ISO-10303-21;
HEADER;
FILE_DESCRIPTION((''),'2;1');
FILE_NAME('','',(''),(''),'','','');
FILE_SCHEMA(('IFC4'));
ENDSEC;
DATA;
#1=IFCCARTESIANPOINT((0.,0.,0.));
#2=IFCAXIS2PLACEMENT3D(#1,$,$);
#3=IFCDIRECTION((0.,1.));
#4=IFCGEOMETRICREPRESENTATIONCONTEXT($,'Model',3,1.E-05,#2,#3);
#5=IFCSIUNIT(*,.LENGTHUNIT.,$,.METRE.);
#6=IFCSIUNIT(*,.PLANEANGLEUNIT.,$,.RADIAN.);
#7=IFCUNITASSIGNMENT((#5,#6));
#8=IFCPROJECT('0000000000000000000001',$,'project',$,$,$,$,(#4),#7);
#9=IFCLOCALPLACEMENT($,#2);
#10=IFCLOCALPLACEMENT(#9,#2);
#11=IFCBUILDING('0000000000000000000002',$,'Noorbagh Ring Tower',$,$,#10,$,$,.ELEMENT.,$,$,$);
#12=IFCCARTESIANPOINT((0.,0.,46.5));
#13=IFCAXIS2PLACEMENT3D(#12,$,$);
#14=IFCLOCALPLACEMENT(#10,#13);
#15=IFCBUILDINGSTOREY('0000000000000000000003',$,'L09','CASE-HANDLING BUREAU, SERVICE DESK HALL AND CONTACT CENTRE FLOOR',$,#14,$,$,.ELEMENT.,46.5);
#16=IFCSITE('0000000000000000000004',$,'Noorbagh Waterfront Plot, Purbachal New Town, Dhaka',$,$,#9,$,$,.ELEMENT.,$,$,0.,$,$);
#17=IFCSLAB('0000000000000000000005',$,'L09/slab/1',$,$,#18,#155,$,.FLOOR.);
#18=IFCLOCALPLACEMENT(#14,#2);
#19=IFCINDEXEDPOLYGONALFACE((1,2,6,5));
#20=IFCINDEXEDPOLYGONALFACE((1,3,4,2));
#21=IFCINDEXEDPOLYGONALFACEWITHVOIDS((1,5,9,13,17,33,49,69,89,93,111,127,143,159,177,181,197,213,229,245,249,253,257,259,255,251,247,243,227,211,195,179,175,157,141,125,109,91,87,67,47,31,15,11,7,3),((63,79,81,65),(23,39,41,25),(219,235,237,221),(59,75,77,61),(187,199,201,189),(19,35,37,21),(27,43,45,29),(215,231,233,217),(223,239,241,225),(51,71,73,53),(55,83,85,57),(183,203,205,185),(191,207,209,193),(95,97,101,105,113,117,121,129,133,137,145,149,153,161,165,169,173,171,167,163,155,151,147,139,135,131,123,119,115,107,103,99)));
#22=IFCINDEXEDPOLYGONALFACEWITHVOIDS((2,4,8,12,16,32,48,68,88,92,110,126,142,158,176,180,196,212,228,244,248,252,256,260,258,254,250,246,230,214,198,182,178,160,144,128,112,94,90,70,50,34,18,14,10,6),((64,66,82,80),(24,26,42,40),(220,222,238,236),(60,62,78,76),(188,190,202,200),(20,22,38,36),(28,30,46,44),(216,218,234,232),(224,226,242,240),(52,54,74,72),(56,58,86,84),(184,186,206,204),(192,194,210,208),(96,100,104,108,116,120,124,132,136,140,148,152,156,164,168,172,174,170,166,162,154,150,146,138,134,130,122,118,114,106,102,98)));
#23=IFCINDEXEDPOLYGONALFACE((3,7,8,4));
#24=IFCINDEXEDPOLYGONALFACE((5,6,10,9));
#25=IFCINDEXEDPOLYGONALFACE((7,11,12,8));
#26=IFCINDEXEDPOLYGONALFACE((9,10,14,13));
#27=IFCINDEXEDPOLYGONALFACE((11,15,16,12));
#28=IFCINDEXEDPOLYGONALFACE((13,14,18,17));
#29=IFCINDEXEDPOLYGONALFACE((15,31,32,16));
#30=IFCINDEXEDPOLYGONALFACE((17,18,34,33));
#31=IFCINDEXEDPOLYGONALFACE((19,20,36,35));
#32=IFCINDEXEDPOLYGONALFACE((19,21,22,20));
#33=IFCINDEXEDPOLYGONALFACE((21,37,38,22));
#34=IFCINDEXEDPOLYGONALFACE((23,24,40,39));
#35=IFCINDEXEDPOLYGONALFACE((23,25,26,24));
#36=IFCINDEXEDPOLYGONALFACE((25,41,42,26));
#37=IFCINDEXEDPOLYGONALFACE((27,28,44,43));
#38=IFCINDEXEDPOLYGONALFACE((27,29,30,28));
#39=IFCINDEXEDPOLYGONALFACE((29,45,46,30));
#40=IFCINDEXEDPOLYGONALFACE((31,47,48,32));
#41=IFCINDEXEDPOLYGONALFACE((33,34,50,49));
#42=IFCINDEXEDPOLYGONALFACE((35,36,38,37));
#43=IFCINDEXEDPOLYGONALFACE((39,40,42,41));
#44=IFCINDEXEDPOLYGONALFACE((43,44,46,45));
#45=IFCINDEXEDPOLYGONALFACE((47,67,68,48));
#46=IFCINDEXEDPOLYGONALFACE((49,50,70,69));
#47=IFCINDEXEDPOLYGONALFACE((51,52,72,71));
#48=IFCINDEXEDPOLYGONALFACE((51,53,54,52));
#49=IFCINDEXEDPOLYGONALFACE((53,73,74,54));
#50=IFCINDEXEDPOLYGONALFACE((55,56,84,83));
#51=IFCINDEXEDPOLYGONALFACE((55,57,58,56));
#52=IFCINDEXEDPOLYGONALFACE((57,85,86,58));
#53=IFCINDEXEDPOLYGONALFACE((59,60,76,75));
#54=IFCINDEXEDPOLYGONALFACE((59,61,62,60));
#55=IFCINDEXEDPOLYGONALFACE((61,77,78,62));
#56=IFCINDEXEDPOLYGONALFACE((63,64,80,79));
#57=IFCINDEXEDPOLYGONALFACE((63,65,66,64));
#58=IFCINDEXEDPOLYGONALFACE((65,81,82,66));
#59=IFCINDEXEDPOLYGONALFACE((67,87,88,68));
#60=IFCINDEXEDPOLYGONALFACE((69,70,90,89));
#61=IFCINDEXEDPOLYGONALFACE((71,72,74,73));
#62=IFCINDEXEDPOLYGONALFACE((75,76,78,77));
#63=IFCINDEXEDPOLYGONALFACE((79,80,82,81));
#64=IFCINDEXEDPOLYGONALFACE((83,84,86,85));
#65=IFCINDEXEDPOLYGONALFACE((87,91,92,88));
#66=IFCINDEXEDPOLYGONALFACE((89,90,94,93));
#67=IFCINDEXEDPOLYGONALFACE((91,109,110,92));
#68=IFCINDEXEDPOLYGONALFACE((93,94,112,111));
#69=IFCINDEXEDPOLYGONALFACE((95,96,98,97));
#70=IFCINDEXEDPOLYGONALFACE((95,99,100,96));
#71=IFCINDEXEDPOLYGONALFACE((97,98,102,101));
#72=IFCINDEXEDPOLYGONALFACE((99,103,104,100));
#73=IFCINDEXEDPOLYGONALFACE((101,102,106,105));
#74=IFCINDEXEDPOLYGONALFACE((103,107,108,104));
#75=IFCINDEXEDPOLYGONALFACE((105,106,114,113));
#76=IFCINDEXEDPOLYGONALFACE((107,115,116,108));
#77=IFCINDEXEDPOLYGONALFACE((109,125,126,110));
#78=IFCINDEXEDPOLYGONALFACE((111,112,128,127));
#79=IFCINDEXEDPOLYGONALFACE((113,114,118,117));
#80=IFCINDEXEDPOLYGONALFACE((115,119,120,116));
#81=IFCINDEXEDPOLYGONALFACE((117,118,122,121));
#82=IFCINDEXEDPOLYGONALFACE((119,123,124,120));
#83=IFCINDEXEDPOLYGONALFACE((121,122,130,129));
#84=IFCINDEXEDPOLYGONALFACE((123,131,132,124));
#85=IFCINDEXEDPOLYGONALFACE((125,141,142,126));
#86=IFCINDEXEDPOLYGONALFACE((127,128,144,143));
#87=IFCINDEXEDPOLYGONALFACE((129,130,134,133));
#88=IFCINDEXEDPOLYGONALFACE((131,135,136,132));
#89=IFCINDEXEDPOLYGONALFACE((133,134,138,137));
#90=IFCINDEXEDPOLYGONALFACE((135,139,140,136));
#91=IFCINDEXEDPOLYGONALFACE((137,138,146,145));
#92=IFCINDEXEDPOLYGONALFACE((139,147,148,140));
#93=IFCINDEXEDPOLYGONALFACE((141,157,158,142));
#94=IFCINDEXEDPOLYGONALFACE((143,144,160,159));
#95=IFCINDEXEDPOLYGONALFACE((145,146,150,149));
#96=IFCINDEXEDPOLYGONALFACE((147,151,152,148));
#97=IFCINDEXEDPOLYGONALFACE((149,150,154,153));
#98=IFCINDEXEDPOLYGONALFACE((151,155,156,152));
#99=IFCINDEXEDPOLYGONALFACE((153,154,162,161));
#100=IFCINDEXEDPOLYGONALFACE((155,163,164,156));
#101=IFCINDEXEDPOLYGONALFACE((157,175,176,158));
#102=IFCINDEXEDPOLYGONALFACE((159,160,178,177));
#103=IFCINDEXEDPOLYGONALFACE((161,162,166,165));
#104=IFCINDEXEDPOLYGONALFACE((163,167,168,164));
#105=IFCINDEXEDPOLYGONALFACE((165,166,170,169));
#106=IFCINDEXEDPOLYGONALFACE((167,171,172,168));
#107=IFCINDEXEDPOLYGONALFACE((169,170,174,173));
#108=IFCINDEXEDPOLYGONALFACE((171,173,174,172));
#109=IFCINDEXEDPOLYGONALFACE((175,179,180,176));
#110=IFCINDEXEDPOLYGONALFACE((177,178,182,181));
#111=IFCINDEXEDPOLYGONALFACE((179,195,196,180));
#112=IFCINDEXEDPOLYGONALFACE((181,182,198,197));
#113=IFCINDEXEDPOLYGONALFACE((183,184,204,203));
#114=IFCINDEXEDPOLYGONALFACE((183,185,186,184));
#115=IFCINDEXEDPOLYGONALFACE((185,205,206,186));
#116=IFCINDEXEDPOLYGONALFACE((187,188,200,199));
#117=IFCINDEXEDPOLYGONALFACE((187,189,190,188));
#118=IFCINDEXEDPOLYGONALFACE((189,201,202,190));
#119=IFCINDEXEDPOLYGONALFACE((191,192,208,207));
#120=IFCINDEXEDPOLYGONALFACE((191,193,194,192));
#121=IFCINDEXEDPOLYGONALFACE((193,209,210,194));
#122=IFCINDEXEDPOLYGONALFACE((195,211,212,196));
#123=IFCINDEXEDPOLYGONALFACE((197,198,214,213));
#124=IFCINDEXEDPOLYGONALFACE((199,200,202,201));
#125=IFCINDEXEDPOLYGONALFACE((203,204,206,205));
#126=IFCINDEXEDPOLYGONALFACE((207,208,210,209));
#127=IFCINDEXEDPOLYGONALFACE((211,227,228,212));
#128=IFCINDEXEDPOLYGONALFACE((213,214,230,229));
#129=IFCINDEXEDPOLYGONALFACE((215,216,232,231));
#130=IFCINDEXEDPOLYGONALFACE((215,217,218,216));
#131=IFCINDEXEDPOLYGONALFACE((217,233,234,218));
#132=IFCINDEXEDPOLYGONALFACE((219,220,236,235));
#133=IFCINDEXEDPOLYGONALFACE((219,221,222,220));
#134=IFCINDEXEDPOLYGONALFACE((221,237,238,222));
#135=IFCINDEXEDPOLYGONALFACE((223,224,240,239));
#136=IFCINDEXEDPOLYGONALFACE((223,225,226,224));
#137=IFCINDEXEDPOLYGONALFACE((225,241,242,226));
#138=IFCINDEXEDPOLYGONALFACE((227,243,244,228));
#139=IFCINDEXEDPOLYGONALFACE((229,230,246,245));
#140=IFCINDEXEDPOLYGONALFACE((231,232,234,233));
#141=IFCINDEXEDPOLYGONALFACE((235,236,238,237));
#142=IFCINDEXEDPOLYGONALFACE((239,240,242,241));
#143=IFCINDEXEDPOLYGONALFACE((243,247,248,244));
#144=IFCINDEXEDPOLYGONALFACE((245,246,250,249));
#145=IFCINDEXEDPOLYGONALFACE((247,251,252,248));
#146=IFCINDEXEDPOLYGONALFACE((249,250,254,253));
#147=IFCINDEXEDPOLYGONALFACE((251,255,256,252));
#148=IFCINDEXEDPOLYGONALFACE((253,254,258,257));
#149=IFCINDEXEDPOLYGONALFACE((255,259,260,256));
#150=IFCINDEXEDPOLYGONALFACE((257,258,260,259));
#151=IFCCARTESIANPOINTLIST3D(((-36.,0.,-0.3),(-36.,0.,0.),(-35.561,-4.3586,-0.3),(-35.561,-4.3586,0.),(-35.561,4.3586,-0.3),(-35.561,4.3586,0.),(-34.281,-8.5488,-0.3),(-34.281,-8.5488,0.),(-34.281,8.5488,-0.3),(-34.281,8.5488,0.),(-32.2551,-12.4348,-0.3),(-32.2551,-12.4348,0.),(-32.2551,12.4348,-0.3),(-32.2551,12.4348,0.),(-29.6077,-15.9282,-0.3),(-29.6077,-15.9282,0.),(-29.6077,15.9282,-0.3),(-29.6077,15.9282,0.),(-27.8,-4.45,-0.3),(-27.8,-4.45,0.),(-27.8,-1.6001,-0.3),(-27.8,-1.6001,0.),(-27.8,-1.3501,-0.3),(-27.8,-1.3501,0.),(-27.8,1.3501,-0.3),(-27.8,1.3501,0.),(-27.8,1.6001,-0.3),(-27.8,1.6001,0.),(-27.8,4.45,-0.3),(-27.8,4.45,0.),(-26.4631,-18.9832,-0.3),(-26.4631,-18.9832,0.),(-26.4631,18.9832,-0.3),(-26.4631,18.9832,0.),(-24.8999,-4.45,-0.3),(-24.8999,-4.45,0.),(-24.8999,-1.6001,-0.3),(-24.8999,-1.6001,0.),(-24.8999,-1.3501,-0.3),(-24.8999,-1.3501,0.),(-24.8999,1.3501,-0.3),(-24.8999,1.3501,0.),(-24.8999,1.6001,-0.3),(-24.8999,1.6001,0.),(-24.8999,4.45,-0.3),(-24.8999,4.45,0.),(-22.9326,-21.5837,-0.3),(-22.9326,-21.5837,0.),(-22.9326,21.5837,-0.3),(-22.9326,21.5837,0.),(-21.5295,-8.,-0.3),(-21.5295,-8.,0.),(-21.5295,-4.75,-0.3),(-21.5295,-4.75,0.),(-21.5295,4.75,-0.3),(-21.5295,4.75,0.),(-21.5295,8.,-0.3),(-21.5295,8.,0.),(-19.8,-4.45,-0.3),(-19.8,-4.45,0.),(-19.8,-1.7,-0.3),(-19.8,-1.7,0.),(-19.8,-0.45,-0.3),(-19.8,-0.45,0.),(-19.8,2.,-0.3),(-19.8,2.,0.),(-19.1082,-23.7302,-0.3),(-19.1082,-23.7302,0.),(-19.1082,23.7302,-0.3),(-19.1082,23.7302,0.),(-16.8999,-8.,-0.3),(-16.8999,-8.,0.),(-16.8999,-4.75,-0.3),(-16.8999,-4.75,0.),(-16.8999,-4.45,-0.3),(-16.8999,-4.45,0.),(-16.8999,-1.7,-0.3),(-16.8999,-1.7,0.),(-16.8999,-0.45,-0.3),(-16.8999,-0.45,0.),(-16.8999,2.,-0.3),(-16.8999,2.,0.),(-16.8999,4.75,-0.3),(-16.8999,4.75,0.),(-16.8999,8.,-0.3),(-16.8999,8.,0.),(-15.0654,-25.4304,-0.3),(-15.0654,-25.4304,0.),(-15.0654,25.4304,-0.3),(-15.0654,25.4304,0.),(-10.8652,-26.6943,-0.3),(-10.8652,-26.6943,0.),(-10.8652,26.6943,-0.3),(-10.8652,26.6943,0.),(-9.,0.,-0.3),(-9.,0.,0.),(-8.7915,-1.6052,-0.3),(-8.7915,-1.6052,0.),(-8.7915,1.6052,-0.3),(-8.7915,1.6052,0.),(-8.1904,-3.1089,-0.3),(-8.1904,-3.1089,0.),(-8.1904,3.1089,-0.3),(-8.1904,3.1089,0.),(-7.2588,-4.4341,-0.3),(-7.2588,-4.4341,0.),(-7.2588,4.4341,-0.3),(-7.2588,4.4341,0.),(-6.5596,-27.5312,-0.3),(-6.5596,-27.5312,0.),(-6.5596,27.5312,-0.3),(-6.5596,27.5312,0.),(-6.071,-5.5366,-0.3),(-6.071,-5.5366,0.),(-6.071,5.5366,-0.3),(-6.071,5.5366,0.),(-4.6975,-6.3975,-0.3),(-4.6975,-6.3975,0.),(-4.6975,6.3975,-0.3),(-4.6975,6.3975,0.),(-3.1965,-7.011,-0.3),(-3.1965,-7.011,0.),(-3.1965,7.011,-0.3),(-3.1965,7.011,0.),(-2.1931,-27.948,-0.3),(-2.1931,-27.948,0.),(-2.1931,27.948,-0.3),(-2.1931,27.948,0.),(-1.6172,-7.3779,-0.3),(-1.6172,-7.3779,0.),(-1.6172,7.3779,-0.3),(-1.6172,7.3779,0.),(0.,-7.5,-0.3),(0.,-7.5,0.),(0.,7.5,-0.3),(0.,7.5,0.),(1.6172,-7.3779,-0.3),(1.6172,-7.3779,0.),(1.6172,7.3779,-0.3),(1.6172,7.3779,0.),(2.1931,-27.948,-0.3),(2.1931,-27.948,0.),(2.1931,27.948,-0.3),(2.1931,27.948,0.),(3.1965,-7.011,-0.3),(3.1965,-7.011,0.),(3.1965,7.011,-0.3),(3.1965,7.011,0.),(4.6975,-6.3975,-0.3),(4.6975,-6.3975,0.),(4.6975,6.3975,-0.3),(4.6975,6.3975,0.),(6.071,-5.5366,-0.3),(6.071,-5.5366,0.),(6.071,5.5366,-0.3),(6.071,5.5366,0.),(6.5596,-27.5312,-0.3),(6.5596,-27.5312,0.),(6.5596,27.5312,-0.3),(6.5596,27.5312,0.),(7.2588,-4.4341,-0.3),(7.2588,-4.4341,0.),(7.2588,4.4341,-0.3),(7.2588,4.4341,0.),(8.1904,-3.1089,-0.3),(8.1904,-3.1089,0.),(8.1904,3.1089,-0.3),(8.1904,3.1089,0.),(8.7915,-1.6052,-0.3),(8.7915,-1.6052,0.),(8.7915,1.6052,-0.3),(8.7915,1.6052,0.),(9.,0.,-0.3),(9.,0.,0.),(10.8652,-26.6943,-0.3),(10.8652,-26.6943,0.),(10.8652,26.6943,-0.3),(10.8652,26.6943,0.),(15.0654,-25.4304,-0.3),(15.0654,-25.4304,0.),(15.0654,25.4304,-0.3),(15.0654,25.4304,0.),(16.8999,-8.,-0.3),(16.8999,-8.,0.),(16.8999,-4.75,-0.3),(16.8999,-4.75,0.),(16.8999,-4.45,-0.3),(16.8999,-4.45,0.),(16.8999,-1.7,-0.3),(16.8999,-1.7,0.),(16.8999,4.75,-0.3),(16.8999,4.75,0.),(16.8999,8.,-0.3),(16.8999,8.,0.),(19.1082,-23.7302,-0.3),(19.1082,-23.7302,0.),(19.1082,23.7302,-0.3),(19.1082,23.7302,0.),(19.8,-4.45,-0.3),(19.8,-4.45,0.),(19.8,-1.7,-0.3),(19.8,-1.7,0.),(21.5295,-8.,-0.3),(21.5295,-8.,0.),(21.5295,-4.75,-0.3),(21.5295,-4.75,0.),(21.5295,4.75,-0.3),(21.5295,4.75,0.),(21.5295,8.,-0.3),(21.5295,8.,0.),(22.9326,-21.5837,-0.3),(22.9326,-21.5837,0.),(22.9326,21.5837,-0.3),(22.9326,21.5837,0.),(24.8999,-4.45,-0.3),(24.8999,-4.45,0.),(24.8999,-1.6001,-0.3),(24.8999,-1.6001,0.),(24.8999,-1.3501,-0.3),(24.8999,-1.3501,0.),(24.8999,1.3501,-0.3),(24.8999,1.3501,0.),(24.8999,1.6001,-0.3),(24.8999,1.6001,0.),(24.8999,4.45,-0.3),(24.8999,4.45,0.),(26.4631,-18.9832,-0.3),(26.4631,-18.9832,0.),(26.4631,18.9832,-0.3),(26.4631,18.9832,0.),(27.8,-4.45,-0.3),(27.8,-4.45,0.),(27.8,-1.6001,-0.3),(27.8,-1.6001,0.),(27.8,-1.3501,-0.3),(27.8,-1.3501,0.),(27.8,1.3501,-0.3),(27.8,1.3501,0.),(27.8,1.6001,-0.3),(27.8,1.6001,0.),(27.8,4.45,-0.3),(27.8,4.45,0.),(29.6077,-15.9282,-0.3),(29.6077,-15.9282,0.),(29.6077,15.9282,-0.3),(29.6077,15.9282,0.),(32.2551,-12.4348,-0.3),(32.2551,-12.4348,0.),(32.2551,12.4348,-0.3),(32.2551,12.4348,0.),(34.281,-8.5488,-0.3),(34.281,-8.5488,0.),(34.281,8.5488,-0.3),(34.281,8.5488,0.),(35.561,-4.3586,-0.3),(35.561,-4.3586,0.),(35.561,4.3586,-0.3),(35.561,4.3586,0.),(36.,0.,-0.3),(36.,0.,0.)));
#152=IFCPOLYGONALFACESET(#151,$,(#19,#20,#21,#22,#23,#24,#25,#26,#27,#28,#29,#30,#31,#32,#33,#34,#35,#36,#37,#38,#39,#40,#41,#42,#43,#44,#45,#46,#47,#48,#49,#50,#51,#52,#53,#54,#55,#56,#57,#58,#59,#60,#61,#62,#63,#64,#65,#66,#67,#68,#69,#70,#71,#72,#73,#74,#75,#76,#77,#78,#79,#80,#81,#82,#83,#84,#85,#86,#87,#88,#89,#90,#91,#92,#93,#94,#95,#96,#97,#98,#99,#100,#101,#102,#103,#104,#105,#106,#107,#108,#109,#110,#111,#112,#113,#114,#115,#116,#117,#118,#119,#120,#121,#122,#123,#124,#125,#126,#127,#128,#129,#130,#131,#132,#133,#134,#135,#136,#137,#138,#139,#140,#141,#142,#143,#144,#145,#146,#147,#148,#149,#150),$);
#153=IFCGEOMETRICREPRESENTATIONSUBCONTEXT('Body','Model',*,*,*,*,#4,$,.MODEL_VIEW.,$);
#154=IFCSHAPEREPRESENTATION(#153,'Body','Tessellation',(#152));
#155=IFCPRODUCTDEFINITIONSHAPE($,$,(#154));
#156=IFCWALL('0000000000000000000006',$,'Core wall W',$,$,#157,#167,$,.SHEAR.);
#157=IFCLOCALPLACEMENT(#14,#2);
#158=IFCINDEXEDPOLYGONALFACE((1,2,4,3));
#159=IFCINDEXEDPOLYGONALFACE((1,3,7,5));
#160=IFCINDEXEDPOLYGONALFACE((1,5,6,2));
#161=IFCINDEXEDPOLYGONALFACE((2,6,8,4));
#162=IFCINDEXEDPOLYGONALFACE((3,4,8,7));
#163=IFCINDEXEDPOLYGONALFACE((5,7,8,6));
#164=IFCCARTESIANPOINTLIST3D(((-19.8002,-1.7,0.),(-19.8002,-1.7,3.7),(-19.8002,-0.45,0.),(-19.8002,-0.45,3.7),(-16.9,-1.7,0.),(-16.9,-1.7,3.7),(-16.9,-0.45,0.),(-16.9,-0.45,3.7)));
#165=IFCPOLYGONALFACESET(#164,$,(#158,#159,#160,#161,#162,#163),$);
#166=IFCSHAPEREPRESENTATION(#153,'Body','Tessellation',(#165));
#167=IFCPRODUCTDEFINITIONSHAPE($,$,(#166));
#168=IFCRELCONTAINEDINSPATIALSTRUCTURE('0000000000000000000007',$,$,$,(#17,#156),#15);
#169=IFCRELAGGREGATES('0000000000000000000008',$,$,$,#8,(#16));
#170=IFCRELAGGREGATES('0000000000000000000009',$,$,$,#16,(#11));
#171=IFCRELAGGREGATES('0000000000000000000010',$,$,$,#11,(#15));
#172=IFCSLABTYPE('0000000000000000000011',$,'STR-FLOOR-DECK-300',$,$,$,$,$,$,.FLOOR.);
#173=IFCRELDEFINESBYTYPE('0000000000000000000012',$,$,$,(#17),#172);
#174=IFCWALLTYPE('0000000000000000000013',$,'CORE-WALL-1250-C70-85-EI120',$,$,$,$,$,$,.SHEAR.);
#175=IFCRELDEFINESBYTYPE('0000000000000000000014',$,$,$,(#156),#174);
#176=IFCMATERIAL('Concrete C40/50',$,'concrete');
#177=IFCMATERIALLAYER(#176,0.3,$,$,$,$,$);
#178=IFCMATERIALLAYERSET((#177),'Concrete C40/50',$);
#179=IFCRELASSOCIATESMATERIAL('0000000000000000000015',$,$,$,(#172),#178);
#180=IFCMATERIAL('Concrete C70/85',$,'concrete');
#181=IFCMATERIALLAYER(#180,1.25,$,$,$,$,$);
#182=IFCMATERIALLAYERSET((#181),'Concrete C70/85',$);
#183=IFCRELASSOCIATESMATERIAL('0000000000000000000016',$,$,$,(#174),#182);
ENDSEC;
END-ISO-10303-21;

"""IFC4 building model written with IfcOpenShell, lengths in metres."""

from ifc_helpers import new_model, si_unit, direction, frame, frame_2d, origin, place, context, subcontext, project, spatial, polyline, rectangle, outline, extrude, material, layer, layer_set, type_object, element, save


model = new_model("IFC4")

# Units and contexts
model_context = context("Model", 3, precision=1e-05, world=origin(), true_north=direction((0.0, 1.0)))
body_context = subcontext(model_context, "Body", "Model", "MODEL_VIEW")
ifc_project = project(units=[si_unit("LENGTHUNIT", "METRE"), si_unit("PLANEANGLEUNIT", "RADIAN")], contexts=[model_context])

# Site, building, storey
site_placement = place(None, origin())
site = spatial("IfcSite", under=ifc_project, at=site_placement, Name="Noorbagh Waterfront Plot, Purbachal New Town, Dhaka", CompositionType="ELEMENT", RefElevation=0.0)
building_placement = place(site_placement, origin())
building = spatial("IfcBuilding", under=site, at=building_placement, Name="Noorbagh Ring Tower", CompositionType="ELEMENT")
storey_placement = place(building_placement, frame((0.0, 0.0, 46.5)))
storey = spatial("IfcBuildingStorey", under=building, at=storey_placement, Name="L09", Description="CASE-HANDLING BUREAU, SERVICE DESK HALL AND CONTACT CENTRE FLOOR", CompositionType="ELEMENT", Elevation=46.5)

# Slab
ifc_material_1 = material(Name="Concrete C40/50", Category="concrete")
ifc_layer_1 = layer(ifc_material_1, 0.3)
ifc_layer_set_1 = layer_set([ifc_layer_1], Name="Concrete C40/50")
slab_type_1 = type_object("IfcSlabType", Name="STR-FLOOR-DECK-300", PredefinedType="FLOOR", material=ifc_layer_set_1)
slab_1_placement = place(storey_placement, frame((0.0, 0.0, -0.3)))
element("IfcSlab", 1, at=slab_1_placement, inside=storey, type_object=slab_type_1, Name="L09/slab/1", PredefinedType="FLOOR", context=body_context, shape_type="SweptSolid", body=[
    extrude(outline(polyline([(36.0, 0.0), (35.561, 4.3586), (34.281, 8.5488), (32.2551, 12.4348), (29.6077, 15.9282), (26.4631, 18.9832), (22.9326, 21.5837), (19.1082, 23.7302), (15.0654, 25.4304), (10.8652, 26.6943), (6.5596, 27.5312), (2.1931, 27.948), (-2.1931, 27.948), (-6.5596, 27.5312), (-10.8652, 26.6943), (-15.0654, 25.4304), (-19.1082, 23.7302), (-22.9326, 21.5837), (-26.4631, 18.9832), (-29.6077, 15.9282), (-32.2551, 12.4348), (-34.281, 8.5488), (-35.561, 4.3586), (-36.0, 0.0), (-35.561, -4.3586), (-34.281, -8.5488), (-32.2551, -12.4348), (-29.6077, -15.9282), (-26.4631, -18.9832), (-22.9326, -21.5837), (-19.1082, -23.7302), (-15.0654, -25.4304), (-10.8652, -26.6943), (-6.5596, -27.5312), (-2.1931, -27.948), (2.1931, -27.948), (6.5596, -27.5312), (10.8652, -26.6943), (15.0654, -25.4304), (19.1082, -23.7302), (22.9326, -21.5837), (26.4631, -18.9832), (29.6077, -15.9282), (32.2551, -12.4348), (34.281, -8.5488), (35.561, -4.3586), (36.0, 0.0)]), holes=[polyline([(24.8999, -1.6001), (27.8, -1.6001), (27.8, -4.45), (24.8999, -4.45), (24.8999, -1.6001)]), polyline([(24.8999, 1.3501), (27.8, 1.3501), (27.8, -1.3501), (24.8999, -1.3501), (24.8999, 1.3501)]), polyline([(24.8999, 4.45), (27.8, 4.45), (27.8, 1.6001), (24.8999, 1.6001), (24.8999, 4.45)]), polyline([(21.5295, -4.75), (21.5295, -8.0), (16.8999, -8.0), (16.8999, -4.75), (21.5295, -4.75)]), polyline([(21.5295, 4.75), (16.8999, 4.75), (16.8999, 8.0), (21.5295, 8.0), (21.5295, 4.75)]), polyline([(16.8999, -1.7), (19.8, -1.7), (19.8, -4.45), (16.8999, -4.45), (16.8999, -1.7)]), polyline([(4.6975, -6.3975), (3.1965, -7.011), (1.6172, -7.3779), (0.0, -7.5), (-1.6172, -7.3779), (-3.1965, -7.011), (-4.6975, -6.3975), (-6.071, -5.5366), (-7.2588, -4.4341), (-8.1904, -3.1089), (-8.7915, -1.6052), (-9.0, 0.0), (-8.7915, 1.6052), (-8.1904, 3.1089), (-7.2588, 4.4341), (-6.071, 5.5366), (-4.6975, 6.3975), (-3.1965, 7.011), (-1.6172, 7.3779), (0.0, 7.5), (1.6172, 7.3779), (3.1965, 7.011), (4.6975, 6.3975), (6.071, 5.5366), (7.2588, 4.4341), (8.1904, 3.1089), (8.7915, 1.6052), (9.0, 0.0), (8.7915, -1.6052), (8.1904, -3.1089), (7.2588, -4.4341), (6.071, -5.5366), (4.6975, -6.3975)]), polyline([(-21.5295, -8.0), (-21.5295, -4.75), (-16.8999, -4.75), (-16.8999, -8.0), (-21.5295, -8.0)]), polyline([(-21.5295, 8.0), (-16.8999, 8.0), (-16.8999, 4.75), (-21.5295, 4.75), (-21.5295, 8.0)]), polyline([(-16.8999, -4.45), (-19.8, -4.45), (-19.8, -1.7), (-16.8999, -1.7), (-16.8999, -4.45)]), polyline([(-16.8999, -0.45), (-19.8, -0.45), (-19.8, 2.0), (-16.8999, 2.0), (-16.8999, -0.45)]), polyline([(-24.8999, -4.45), (-27.8, -4.45), (-27.8, -1.6001), (-24.8999, -1.6001), (-24.8999, -4.45)]), polyline([(-24.8999, -1.3501), (-27.8, -1.3501), (-27.8, 1.3501), (-24.8999, 1.3501), (-24.8999, -1.3501)]), polyline([(-24.8999, 1.6001), (-27.8, 1.6001), (-27.8, 4.45), (-24.8999, 4.45), (-24.8999, 1.6001)])]), origin(), (0.0, 0.0, 1.0), 0.3),
])

# Wall
ifc_material_2 = material(Name="Concrete C70/85", Category="concrete")
ifc_layer_2 = layer(ifc_material_2, 1.25)
ifc_layer_set_2 = layer_set([ifc_layer_2], Name="Concrete C70/85")
wall_type_1 = type_object("IfcWallType", Name="CORE-WALL-1250-C70-85-EI120", PredefinedType="SHEAR", material=ifc_layer_set_2)
wall_1_placement = place(storey_placement, frame((-16.8999, -1.075, 0.0), z_axis=(0.0, 0.0, 1.0), x_axis=(-1.0, 0.0, 0.0)))
element("IfcWall", 2, at=wall_1_placement, inside=storey, type_object=wall_type_1, Name="Core wall W", PredefinedType="SHEAR", context=body_context, shape_type="SweptSolid", body=[
    extrude(rectangle(XDim=2.9001, YDim=1.25, at=frame_2d((1.4502, 0.0))), origin(), (0.0, 0.0, 1.0), 3.7),
])

save(model, "model.ifc")
